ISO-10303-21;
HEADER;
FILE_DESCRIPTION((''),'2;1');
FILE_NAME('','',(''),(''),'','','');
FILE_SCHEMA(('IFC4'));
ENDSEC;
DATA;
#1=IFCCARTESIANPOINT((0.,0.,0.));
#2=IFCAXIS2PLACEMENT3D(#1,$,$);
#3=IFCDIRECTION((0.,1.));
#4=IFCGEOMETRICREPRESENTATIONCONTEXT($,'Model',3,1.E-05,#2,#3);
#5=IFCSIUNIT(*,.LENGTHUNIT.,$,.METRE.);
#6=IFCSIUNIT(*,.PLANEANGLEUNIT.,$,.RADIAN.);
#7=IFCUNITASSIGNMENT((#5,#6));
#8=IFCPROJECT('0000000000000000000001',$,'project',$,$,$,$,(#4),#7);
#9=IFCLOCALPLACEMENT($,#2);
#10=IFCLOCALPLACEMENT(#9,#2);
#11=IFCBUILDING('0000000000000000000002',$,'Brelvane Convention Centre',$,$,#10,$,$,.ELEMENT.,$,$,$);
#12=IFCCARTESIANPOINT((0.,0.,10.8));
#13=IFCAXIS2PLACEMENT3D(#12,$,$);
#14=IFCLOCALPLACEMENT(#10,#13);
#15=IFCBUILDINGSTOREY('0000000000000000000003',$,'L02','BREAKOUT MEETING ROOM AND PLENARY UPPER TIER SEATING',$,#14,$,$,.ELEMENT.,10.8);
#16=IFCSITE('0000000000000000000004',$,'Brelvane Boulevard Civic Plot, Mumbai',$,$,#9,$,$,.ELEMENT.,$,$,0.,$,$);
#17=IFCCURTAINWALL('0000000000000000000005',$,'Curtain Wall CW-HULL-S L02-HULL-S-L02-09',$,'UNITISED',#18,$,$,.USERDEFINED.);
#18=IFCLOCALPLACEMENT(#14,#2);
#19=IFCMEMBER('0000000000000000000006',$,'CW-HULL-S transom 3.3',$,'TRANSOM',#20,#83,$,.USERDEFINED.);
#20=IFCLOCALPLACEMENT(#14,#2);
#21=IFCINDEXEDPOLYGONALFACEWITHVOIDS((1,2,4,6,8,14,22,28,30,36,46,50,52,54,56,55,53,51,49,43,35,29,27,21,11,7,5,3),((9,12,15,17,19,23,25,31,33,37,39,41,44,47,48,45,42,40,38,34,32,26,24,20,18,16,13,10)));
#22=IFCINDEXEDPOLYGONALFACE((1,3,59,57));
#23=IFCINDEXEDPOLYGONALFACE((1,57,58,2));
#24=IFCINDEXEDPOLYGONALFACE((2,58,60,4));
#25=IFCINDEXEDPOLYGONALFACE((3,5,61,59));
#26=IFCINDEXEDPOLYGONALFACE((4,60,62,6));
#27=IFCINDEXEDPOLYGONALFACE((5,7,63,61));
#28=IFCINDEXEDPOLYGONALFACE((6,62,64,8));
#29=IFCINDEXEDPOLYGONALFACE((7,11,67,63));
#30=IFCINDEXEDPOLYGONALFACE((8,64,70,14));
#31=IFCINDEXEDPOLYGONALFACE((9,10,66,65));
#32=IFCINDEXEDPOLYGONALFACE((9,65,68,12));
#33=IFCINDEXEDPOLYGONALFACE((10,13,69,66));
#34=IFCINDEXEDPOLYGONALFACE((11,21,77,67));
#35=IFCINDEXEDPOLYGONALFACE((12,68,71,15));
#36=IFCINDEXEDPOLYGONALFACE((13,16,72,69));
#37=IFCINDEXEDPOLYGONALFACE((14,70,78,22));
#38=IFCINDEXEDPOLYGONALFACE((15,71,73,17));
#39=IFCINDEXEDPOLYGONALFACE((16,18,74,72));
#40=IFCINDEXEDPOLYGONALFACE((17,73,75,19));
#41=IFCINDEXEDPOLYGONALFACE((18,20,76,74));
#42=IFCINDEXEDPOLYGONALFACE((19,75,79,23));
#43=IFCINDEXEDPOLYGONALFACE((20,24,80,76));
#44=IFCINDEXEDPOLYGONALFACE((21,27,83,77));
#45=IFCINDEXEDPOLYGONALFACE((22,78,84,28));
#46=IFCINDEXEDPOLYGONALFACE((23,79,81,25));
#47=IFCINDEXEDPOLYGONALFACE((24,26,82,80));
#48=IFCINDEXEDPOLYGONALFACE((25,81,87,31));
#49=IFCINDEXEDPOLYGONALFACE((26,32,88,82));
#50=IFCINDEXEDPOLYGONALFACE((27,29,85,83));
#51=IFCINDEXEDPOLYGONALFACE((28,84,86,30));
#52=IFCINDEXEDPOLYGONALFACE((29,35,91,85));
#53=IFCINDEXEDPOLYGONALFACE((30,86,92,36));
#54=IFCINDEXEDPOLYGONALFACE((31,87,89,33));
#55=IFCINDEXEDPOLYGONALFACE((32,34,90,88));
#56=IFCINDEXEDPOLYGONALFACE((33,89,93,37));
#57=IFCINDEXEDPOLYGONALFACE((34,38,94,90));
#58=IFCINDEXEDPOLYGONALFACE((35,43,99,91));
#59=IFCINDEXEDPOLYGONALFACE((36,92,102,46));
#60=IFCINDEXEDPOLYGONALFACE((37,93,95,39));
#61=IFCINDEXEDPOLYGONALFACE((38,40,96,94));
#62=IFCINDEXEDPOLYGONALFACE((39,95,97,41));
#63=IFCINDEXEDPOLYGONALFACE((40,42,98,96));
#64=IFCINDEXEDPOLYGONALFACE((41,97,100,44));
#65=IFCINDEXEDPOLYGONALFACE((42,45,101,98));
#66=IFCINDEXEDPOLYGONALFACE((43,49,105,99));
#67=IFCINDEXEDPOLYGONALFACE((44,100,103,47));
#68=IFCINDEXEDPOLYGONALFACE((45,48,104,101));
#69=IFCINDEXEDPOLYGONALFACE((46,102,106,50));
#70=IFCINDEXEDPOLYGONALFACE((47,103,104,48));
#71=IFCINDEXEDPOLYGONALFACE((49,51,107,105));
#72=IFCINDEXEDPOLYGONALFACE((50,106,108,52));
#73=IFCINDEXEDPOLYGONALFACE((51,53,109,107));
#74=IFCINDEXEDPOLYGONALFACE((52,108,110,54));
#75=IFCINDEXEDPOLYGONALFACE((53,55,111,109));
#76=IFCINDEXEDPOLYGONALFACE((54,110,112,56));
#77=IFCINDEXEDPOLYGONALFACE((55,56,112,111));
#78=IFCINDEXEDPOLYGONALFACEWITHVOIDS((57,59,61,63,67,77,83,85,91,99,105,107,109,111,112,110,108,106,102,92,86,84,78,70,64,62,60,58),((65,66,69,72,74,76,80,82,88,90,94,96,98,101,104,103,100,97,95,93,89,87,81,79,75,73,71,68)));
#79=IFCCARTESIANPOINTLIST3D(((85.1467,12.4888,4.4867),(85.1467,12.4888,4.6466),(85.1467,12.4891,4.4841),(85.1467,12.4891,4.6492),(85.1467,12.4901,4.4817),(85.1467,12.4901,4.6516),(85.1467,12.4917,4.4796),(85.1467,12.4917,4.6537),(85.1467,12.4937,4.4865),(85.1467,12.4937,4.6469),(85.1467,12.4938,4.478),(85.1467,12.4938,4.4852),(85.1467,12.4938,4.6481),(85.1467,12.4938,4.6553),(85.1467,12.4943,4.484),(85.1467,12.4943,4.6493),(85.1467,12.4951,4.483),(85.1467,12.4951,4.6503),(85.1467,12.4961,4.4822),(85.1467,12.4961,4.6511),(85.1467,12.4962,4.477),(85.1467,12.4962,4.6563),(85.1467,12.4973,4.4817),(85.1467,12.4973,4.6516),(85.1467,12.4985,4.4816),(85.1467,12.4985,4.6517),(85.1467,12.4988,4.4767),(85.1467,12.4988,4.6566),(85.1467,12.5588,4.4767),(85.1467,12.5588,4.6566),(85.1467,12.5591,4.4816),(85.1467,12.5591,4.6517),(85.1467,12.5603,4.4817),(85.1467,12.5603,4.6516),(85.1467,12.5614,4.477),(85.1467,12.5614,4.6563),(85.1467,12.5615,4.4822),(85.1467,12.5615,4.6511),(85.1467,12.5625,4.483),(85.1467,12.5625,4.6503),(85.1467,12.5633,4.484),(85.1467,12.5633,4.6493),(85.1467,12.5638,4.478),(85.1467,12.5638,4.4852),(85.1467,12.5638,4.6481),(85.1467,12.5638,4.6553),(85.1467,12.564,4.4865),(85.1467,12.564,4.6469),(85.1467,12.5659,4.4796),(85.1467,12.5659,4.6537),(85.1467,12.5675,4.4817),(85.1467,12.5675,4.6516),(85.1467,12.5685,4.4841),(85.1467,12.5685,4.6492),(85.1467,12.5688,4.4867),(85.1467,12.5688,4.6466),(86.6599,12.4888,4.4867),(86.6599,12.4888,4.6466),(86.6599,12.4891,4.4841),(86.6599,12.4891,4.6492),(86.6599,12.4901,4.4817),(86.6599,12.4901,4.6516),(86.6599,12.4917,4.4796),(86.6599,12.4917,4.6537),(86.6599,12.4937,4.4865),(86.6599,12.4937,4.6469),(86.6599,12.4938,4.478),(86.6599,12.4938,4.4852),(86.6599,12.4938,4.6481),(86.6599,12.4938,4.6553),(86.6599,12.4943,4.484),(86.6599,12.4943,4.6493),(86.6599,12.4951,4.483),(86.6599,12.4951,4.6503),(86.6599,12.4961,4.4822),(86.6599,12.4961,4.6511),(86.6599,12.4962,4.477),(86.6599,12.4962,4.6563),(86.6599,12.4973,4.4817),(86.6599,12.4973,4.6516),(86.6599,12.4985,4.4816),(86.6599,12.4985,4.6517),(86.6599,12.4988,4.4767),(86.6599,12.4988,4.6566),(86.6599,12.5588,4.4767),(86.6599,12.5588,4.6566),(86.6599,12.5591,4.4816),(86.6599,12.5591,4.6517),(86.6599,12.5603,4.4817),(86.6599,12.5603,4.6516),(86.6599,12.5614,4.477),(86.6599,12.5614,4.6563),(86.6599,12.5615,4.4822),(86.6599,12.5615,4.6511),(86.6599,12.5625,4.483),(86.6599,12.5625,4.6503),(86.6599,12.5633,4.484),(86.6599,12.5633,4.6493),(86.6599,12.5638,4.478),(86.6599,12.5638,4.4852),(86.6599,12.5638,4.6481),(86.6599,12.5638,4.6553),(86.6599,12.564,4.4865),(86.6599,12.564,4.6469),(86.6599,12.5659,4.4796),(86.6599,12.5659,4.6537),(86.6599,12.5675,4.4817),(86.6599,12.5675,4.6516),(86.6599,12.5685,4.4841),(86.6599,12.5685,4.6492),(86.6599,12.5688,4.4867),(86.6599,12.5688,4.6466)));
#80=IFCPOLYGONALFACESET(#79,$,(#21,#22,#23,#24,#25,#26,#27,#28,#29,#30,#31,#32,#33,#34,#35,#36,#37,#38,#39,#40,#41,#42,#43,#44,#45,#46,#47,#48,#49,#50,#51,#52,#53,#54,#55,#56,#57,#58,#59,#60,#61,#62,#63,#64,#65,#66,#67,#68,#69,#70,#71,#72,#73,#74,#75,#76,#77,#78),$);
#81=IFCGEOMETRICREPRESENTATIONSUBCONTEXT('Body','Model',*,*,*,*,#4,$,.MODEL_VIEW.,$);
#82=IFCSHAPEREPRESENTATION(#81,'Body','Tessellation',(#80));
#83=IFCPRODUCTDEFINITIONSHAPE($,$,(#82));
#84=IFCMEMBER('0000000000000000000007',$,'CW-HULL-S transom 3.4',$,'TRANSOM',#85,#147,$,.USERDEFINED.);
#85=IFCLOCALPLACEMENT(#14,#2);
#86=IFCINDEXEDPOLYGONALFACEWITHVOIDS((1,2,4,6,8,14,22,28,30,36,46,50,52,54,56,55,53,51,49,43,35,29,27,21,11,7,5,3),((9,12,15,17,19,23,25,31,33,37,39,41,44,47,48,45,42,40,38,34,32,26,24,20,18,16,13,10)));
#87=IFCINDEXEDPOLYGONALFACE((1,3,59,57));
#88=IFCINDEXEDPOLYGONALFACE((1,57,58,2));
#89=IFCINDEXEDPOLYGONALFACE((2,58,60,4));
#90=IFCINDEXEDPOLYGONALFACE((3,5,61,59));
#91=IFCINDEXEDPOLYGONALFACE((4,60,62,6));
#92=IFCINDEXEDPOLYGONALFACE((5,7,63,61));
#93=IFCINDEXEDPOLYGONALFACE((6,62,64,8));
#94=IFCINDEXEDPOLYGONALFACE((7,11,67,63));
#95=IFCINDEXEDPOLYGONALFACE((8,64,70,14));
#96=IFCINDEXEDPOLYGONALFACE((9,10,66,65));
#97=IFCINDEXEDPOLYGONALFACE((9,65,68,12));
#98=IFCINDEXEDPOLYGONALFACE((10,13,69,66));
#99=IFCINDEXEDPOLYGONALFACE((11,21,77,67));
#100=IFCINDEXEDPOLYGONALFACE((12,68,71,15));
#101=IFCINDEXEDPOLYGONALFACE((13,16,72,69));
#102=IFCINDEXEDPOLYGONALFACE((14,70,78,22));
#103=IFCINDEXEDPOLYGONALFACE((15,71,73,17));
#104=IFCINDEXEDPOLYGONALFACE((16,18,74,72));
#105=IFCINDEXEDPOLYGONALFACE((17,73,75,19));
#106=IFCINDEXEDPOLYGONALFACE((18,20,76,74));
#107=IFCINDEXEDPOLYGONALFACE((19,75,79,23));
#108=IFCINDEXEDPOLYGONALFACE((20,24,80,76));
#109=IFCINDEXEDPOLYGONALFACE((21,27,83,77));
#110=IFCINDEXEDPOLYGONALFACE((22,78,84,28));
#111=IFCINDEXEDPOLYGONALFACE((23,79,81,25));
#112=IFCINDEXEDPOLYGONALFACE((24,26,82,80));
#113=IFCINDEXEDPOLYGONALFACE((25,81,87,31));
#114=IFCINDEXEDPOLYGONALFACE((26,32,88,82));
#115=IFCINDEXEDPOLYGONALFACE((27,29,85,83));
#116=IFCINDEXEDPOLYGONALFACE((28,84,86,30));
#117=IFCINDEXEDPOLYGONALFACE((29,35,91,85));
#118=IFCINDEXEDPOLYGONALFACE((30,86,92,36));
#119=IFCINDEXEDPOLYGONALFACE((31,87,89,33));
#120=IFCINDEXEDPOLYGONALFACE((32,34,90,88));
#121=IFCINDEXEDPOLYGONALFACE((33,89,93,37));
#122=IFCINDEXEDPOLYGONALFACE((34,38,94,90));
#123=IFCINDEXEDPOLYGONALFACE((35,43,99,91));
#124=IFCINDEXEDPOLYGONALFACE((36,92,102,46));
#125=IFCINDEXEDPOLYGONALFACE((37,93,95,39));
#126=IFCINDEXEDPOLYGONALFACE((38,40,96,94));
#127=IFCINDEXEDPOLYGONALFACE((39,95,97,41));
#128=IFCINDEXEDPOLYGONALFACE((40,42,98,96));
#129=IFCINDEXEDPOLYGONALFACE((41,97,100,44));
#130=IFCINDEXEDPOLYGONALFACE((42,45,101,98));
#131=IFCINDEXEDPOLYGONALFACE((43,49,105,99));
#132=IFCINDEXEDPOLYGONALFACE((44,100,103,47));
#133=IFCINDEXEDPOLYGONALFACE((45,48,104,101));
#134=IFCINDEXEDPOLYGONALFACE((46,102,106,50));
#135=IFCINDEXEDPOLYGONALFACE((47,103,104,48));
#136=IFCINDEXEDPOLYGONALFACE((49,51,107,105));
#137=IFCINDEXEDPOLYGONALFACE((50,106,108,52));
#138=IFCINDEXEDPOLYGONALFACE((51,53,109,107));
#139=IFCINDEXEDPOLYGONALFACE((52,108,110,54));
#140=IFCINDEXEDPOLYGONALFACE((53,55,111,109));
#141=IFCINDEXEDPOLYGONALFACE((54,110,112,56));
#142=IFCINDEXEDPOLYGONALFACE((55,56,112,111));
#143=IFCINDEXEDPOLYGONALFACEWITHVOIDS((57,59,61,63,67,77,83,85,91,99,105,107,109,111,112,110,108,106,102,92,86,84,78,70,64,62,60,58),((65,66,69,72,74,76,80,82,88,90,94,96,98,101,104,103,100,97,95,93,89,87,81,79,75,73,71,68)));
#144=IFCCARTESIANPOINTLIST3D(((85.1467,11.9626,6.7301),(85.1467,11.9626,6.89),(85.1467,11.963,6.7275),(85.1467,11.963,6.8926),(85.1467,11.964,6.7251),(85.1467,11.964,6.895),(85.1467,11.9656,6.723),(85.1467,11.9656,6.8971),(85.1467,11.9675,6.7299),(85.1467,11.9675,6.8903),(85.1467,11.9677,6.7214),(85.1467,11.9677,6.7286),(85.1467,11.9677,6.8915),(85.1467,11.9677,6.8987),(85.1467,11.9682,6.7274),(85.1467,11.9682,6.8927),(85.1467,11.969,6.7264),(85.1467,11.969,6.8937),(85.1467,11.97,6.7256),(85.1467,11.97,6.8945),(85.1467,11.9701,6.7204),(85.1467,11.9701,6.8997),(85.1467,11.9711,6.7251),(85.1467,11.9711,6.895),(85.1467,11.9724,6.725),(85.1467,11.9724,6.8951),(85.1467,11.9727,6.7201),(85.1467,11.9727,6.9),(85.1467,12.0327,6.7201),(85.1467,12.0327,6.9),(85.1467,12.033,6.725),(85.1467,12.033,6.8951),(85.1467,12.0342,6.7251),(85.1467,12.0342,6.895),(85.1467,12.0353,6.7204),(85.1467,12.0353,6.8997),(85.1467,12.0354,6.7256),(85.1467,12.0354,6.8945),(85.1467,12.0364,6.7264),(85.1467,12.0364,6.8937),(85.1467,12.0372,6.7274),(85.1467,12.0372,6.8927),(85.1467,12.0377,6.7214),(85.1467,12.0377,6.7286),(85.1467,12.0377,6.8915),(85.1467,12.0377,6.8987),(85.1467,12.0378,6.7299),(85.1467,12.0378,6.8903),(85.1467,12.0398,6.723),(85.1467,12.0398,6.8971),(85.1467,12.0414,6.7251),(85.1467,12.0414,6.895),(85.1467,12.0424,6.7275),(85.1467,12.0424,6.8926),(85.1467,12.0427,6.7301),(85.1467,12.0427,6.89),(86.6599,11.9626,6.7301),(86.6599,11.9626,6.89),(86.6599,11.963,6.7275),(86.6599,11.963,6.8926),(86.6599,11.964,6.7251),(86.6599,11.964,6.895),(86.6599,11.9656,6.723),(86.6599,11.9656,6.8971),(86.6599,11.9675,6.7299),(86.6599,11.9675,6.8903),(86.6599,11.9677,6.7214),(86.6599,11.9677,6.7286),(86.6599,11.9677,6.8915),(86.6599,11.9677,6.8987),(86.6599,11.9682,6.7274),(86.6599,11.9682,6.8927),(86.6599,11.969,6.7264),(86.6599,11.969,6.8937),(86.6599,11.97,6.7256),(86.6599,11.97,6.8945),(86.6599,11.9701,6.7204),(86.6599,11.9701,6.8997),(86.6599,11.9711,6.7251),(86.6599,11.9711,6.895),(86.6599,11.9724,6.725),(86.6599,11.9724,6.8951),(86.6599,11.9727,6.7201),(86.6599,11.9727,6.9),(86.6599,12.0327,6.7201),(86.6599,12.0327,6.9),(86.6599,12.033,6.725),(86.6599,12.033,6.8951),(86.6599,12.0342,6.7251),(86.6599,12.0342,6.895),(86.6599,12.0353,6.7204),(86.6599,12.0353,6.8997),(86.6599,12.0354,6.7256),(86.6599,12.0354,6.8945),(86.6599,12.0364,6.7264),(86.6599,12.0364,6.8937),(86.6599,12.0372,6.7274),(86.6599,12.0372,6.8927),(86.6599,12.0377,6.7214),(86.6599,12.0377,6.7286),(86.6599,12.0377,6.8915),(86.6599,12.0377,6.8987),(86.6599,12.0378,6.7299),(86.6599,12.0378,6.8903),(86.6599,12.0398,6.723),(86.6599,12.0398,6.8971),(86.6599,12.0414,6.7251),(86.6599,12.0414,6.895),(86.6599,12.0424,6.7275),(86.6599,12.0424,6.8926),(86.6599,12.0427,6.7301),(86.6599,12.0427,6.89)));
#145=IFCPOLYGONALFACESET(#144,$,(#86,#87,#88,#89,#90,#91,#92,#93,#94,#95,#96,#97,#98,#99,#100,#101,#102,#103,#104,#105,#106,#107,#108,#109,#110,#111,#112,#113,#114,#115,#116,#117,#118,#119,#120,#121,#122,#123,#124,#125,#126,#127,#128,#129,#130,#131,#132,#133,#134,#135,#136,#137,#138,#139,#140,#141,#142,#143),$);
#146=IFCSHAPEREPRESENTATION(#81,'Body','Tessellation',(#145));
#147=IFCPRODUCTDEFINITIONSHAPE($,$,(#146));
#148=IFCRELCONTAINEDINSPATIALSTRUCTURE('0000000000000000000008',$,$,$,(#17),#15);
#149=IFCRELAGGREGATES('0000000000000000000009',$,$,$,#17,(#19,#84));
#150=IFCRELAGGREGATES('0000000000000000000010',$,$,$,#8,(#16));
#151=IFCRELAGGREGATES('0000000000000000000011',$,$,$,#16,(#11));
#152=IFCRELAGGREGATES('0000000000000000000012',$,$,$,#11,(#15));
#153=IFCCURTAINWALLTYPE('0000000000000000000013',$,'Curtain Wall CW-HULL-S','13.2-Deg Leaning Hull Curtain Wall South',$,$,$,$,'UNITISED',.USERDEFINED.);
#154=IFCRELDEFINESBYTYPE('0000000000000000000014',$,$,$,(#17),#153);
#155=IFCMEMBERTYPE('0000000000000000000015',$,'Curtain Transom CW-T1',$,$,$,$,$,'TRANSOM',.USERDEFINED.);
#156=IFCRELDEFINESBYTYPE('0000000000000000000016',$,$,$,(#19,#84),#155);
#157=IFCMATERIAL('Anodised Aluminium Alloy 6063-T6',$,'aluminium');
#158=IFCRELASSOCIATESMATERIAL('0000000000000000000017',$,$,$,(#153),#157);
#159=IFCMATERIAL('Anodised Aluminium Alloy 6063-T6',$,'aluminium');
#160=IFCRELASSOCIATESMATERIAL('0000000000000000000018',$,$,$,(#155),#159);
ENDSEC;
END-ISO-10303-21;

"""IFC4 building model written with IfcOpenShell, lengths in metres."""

from ifc_helpers import new_model, si_unit, direction, frame, origin, origin_2d, place, context, subcontext, project, spatial, hollow_rectangle, extrude, material, material_profile, profile_set, type_object, element, aggregate, save


model = new_model("IFC4")

# Units and contexts
model_context = context("Model", 3, precision=1e-05, world=origin(), true_north=direction((0.0, 1.0)))
body_context = subcontext(model_context, "Body", "Model", "MODEL_VIEW")
ifc_project = project(units=[si_unit("LENGTHUNIT", "METRE"), si_unit("PLANEANGLEUNIT", "RADIAN")], contexts=[model_context])

# Site, building, storey
site_placement = place(None, origin())
site = spatial("IfcSite", under=ifc_project, at=site_placement, Name="Brelvane Boulevard Civic Plot, Mumbai", CompositionType="ELEMENT", RefElevation=0.0)
building_placement = place(site_placement, origin())
building = spatial("IfcBuilding", under=site, at=building_placement, Name="Brelvane Convention Centre", CompositionType="ELEMENT")
storey_placement = place(building_placement, frame((0.0, 0.0, 10.8)))
storey = spatial("IfcBuildingStorey", under=building, at=storey_placement, Name="L02", Description="BREAKOUT MEETING ROOM AND PLENARY UPPER TIER SEATING", CompositionType="ELEMENT", Elevation=10.8)

# Curtain wall, members
ifc_material_1 = material(Name="Anodised Aluminium Alloy 6063-T6", Category="aluminium")
curtain_wall_type = type_object("IfcCurtainWallType", Name="Curtain Wall CW-HULL-S", Description="13.2-Deg Leaning Hull Curtain Wall South", ElementType="UNITISED", PredefinedType="USERDEFINED", material=ifc_material_1)
curtain_wall_1_placement = place(storey_placement, origin())
curtain_wall_1 = element("IfcCurtainWall", 1, at=curtain_wall_1_placement, inside=storey, type_object=curtain_wall_type, Name="Curtain Wall CW-HULL-S L02-HULL-S-L02-09", ObjectType="UNITISED", PredefinedType="USERDEFINED")
ifc_material_2 = material(Name="Anodised Aluminium Alloy 6063-T6", Category="aluminium")
ifc_material_profile = material_profile(ifc_material_2, hollow_rectangle(XDim=0.0801, YDim=0.1799, WallThickness=0.0049, InnerFilletRadius=0.0049, OuterFilletRadius=0.01, at=origin_2d()), Name="ALU-T 180x80x5.0")
ifc_profile_set = profile_set([ifc_material_profile], Name="Anodised Aluminium Alloy 6063-T6")
member_type = type_object("IfcMemberType", Name="Curtain Transom CW-T1", ElementType="TRANSOM", PredefinedType="USERDEFINED", material=ifc_profile_set)
member_1_placement = place(storey_placement, frame((85.1467, 12.5288, 4.5667), z_axis=(1.0, 0.0, 0.0), x_axis=(0.0, 1.0, 0.0)))
member_1 = element("IfcMember", 2, at=member_1_placement, type_object=member_type, Name="CW-HULL-S transom 3.3", ObjectType="TRANSOM", PredefinedType="USERDEFINED", context=body_context, shape_type="SweptSolid", body=[
    extrude(hollow_rectangle(XDim=0.0801, YDim=0.1799, WallThickness=0.0049, InnerFilletRadius=0.0049, OuterFilletRadius=0.01, at=origin_2d()), origin(), (0.0, 0.0, 1.0), 1.5132),
])
member_2_placement = place(storey_placement, frame((85.1467, 12.0027, 6.8101), z_axis=(1.0, 0.0, 0.0), x_axis=(0.0, 1.0, 0.0)))
member_2 = element("IfcMember", 3, at=member_2_placement, type_object=member_type, Name="CW-HULL-S transom 3.4", ObjectType="TRANSOM", PredefinedType="USERDEFINED", context=body_context, shape_type="SweptSolid", body=[
    extrude(hollow_rectangle(XDim=0.0801, YDim=0.1799, WallThickness=0.0049, InnerFilletRadius=0.0049, OuterFilletRadius=0.01, at=origin_2d()), origin(), (0.0, 0.0, 1.0), 1.5132),
])

aggregate(curtain_wall_1, [member_1, member_2])

save(model, "model.ifc")
